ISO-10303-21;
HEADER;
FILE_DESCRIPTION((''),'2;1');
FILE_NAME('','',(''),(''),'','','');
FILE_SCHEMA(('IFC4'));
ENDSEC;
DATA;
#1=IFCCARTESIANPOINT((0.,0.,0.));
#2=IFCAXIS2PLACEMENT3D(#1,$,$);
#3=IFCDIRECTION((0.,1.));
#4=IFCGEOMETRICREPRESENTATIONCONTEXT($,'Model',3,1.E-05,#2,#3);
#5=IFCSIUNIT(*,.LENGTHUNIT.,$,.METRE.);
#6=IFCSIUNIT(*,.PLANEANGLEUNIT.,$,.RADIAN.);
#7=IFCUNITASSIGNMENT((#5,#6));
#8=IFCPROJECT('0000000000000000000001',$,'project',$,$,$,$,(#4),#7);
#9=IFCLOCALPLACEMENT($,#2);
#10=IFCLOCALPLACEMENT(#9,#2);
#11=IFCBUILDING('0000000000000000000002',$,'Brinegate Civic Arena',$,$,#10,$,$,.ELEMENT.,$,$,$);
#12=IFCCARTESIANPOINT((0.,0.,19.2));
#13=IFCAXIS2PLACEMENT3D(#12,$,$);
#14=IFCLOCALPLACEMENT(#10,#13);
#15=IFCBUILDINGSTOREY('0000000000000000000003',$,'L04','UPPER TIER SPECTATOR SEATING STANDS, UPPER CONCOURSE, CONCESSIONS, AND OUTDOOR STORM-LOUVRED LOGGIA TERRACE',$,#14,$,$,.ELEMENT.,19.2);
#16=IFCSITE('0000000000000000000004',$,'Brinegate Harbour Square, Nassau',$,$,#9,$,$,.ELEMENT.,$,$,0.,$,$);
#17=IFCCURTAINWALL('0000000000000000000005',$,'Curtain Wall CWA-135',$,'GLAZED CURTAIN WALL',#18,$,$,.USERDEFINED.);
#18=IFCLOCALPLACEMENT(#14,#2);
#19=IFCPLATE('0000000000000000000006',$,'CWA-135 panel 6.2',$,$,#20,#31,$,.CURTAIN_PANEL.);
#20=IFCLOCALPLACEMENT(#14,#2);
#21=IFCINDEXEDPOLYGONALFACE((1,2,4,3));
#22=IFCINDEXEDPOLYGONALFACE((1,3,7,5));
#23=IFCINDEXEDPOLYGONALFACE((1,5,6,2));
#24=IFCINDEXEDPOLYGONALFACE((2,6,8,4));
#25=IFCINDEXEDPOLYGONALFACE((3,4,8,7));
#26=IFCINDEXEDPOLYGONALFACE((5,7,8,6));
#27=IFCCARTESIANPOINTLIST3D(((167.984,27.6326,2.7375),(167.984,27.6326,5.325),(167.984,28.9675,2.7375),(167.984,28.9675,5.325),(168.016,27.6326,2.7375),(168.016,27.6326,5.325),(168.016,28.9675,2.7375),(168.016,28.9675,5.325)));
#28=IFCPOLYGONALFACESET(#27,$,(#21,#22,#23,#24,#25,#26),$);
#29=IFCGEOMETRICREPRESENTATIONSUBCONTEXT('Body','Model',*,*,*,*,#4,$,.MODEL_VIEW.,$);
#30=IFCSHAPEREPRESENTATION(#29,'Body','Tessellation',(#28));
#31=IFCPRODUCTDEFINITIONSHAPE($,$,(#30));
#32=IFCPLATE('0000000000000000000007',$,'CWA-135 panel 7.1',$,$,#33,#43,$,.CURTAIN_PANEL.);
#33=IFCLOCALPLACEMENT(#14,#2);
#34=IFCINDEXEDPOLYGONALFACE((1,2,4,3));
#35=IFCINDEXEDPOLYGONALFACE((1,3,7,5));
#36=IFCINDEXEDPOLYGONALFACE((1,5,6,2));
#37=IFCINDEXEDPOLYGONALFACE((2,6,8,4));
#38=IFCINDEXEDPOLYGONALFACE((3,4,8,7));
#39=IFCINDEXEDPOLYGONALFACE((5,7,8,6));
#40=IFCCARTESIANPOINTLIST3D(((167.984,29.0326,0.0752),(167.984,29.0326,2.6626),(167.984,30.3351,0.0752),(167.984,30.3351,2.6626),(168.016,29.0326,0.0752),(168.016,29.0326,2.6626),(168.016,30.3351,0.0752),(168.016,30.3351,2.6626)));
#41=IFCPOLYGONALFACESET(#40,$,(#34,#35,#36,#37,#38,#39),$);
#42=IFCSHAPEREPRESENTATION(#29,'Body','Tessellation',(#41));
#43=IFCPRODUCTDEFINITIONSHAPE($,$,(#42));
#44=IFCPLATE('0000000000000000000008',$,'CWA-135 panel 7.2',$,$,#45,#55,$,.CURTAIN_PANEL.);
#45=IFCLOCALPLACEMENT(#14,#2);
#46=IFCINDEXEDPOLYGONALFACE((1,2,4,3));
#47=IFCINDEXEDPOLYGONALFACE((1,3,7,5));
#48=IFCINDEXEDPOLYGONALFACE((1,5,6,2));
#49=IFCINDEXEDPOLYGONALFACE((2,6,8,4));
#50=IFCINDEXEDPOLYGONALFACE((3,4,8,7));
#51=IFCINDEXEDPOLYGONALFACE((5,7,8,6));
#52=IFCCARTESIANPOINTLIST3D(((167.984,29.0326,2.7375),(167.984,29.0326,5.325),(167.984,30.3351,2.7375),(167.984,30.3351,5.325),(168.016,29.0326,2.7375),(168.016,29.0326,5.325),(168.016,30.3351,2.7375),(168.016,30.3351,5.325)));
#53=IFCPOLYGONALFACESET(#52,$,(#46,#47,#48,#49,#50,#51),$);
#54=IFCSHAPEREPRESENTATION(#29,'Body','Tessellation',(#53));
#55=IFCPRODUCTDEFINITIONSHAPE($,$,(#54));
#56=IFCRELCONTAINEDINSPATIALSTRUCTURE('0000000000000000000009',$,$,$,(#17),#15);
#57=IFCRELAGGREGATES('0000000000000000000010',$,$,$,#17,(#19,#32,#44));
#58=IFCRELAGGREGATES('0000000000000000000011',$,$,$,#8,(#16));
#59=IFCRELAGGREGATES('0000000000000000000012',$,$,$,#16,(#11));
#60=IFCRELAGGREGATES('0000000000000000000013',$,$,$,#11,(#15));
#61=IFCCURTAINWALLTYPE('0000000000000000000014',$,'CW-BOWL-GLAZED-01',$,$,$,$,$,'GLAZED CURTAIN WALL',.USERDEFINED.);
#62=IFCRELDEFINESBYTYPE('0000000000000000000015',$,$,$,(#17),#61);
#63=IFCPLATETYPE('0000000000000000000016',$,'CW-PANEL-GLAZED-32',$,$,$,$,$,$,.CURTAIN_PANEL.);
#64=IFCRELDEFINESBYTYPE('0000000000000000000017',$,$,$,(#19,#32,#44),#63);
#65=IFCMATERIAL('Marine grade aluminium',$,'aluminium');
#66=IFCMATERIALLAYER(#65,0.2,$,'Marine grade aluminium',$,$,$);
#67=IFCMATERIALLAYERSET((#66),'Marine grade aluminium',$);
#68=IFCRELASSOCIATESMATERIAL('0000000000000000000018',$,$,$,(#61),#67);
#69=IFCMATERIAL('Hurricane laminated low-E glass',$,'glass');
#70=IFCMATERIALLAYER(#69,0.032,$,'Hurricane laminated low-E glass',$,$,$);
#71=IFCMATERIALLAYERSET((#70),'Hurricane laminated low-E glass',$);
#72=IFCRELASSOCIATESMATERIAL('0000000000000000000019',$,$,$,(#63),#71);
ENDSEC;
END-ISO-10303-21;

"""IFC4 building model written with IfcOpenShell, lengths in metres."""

from ifc_helpers import new_model, si_unit, direction, frame, origin, origin_2d, place, context, subcontext, project, spatial, rectangle, extrude, material, layer, layer_set, type_object, element, aggregate, save


model = new_model("IFC4")

# Units and contexts
model_context = context("Model", 3, precision=1e-05, world=origin(), true_north=direction((0.0, 1.0)))
body_context = subcontext(model_context, "Body", "Model", "MODEL_VIEW")
ifc_project = project(units=[si_unit("LENGTHUNIT", "METRE"), si_unit("PLANEANGLEUNIT", "RADIAN")], contexts=[model_context])

# Site, building, storey
site_placement = place(None, origin())
site = spatial("IfcSite", under=ifc_project, at=site_placement, Name="Brinegate Harbour Square, Nassau", CompositionType="ELEMENT", RefElevation=0.0)
building_placement = place(site_placement, origin())
building = spatial("IfcBuilding", under=site, at=building_placement, Name="Brinegate Civic Arena", CompositionType="ELEMENT")
storey_placement = place(building_placement, frame((0.0, 0.0, 19.2)))
storey = spatial("IfcBuildingStorey", under=building, at=storey_placement, Name="L04", Description="UPPER TIER SPECTATOR SEATING STANDS, UPPER CONCOURSE, CONCESSIONS, AND OUTDOOR STORM-LOUVRED LOGGIA TERRACE", CompositionType="ELEMENT", Elevation=19.2)

# Curtain wall
ifc_material_1 = material(Name="Marine grade aluminium", Category="aluminium")
ifc_layer_1 = layer(ifc_material_1, 0.2, Name="Marine grade aluminium")
ifc_layer_set_1 = layer_set([ifc_layer_1], Name="Marine grade aluminium")
curtain_wall_type = type_object("IfcCurtainWallType", Name="CW-BOWL-GLAZED-01", ElementType="GLAZED CURTAIN WALL", PredefinedType="USERDEFINED", material=ifc_layer_set_1)
curtain_wall_placement = place(storey_placement, origin())
curtain_wall = element("IfcCurtainWall", 1, at=curtain_wall_placement, inside=storey, type_object=curtain_wall_type, Name="Curtain Wall CWA-135", ObjectType="GLAZED CURTAIN WALL", PredefinedType="USERDEFINED")

# Plates
ifc_material_2 = material(Name="Hurricane laminated low-E glass", Category="glass")
ifc_layer_2 = layer(ifc_material_2, 0.032, Name="Hurricane laminated low-E glass")
ifc_layer_set_2 = layer_set([ifc_layer_2], Name="Hurricane laminated low-E glass")
plate_type = type_object("IfcPlateType", Name="CW-PANEL-GLAZED-32", PredefinedType="CURTAIN_PANEL", material=ifc_layer_set_2)
plate_1_placement = place(storey_placement, frame((168.0, 28.3, 2.7375), z_axis=(0.0, 0.0, 1.0), x_axis=(0.0, 1.0, 0.0)))
plate_1 = element("IfcPlate", 2, at=plate_1_placement, type_object=plate_type, Name="CWA-135 panel 6.2", PredefinedType="CURTAIN_PANEL", context=body_context, shape_type="SweptSolid", body=[
    extrude(rectangle(XDim=1.335, YDim=0.032, at=origin_2d()), origin(), (0.0, 0.0, 1.0), 2.5874),
])
plate_2_placement = place(storey_placement, frame((168.0, 29.6838, 0.0752), z_axis=(0.0, 0.0, 1.0), x_axis=(0.0, 1.0, 0.0)))
plate_2 = element("IfcPlate", 3, at=plate_2_placement, type_object=plate_type, Name="CWA-135 panel 7.1", PredefinedType="CURTAIN_PANEL", context=body_context, shape_type="SweptSolid", body=[
    extrude(rectangle(XDim=1.3025, YDim=0.032, at=origin_2d()), origin(), (0.0, 0.0, 1.0), 2.5874),
])
plate_3_placement = place(storey_placement, frame((168.0, 29.6838, 2.7375), z_axis=(0.0, 0.0, 1.0), x_axis=(0.0, 1.0, 0.0)))
plate_3 = element("IfcPlate", 4, at=plate_3_placement, type_object=plate_type, Name="CWA-135 panel 7.2", PredefinedType="CURTAIN_PANEL", context=body_context, shape_type="SweptSolid", body=[
    extrude(rectangle(XDim=1.3025, YDim=0.032, at=origin_2d()), origin(), (0.0, 0.0, 1.0), 2.5874),
])
aggregate(curtain_wall, [plate_1, plate_2, plate_3])

save(model, "model.ifc")
